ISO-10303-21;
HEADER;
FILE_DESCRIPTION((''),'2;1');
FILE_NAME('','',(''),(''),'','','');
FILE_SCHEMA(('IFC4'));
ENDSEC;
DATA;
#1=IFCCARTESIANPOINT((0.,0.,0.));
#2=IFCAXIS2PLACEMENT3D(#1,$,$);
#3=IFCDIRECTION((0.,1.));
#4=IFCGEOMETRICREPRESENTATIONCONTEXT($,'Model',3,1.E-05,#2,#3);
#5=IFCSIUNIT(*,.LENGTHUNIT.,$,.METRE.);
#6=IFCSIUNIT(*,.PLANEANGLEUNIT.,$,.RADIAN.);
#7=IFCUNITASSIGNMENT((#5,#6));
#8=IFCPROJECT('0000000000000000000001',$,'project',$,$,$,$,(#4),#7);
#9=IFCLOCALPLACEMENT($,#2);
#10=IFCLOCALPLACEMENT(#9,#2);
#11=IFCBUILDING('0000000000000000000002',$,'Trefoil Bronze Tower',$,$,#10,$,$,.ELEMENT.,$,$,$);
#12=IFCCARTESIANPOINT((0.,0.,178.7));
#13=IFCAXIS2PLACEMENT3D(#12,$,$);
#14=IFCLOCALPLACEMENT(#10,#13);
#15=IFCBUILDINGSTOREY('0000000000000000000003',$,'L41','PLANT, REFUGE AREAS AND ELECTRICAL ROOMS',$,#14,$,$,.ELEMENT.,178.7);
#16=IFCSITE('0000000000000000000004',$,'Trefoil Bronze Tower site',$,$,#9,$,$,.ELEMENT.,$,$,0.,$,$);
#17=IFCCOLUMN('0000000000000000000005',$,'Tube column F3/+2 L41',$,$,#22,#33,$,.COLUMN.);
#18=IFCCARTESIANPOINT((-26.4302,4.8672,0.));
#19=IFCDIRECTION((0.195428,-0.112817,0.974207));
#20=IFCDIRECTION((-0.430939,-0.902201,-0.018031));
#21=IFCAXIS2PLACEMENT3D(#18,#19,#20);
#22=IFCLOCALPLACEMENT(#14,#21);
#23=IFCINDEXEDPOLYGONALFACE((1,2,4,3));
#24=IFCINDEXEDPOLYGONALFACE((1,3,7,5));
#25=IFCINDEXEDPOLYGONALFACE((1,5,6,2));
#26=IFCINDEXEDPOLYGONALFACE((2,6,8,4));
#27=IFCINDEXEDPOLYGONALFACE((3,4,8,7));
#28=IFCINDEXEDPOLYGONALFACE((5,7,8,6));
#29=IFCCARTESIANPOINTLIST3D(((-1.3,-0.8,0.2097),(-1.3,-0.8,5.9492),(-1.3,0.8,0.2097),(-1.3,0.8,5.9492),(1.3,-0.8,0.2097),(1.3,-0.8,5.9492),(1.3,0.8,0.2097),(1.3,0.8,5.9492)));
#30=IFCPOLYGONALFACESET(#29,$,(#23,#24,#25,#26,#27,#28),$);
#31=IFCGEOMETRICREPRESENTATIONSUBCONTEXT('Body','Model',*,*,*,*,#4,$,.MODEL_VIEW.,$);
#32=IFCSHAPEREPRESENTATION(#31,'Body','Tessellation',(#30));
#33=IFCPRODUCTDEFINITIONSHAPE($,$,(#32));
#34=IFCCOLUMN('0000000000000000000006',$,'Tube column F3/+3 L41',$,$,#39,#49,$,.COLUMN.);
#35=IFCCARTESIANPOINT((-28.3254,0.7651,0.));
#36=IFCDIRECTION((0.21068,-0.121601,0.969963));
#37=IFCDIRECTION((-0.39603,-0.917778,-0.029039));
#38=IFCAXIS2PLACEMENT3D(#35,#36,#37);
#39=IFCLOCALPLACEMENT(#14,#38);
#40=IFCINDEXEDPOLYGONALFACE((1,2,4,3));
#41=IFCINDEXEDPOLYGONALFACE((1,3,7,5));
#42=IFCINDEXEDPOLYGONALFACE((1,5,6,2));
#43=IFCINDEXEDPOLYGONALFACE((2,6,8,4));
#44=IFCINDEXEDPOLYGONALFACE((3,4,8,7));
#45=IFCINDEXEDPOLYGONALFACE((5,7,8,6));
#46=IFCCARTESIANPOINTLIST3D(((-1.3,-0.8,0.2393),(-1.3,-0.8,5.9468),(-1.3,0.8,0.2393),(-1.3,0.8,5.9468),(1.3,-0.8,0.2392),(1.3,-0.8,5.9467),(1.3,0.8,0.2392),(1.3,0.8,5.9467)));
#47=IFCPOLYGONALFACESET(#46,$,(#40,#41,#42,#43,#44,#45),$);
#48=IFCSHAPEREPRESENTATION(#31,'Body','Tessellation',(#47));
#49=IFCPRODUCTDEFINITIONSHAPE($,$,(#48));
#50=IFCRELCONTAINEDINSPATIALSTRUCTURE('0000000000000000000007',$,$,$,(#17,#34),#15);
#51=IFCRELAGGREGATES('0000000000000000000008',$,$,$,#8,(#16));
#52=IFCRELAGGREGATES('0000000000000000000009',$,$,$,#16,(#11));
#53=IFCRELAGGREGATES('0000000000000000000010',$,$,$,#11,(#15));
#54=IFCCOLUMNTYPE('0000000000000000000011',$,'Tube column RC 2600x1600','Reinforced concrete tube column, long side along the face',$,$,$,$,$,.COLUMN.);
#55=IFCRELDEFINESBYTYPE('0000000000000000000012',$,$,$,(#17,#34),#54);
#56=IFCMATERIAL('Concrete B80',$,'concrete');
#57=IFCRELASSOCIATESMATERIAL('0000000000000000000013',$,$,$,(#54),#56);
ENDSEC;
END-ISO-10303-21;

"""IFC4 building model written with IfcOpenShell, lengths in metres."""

from ifc_helpers import new_model, si_unit, direction, frame, origin, origin_2d, place, context, subcontext, project, spatial, rectangle, extrude, clip, halfspace, material, material_profile, profile_set, type_object, element, save


model = new_model("IFC4")

# Units and contexts
model_context = context("Model", 3, precision=1e-05, world=origin(), true_north=direction((0.0, 1.0)))
body_context = subcontext(model_context, "Body", "Model", "MODEL_VIEW")
ifc_project = project(units=[si_unit("LENGTHUNIT", "METRE"), si_unit("PLANEANGLEUNIT", "RADIAN")], contexts=[model_context])

# Site, building, storey
site_placement = place(None, origin())
site = spatial("IfcSite", under=ifc_project, at=site_placement, Name="Trefoil Bronze Tower site", CompositionType="ELEMENT", RefElevation=0.0)
building_placement = place(site_placement, origin())
building = spatial("IfcBuilding", under=site, at=building_placement, Name="Trefoil Bronze Tower", CompositionType="ELEMENT")
storey_placement = place(building_placement, frame((0.0, 0.0, 178.7)))
storey = spatial("IfcBuildingStorey", under=building, at=storey_placement, Name="L41", Description="PLANT, REFUGE AREAS AND ELECTRICAL ROOMS", CompositionType="ELEMENT", Elevation=178.7)

# Columns
ifc_material_1 = material(Name="Concrete B80", Category="concrete")
ifc_material_profile_1 = material_profile(ifc_material_1, rectangle(XDim=2.6001, YDim=1.6001, at=origin_2d()), Name="RC 2600x1600")
ifc_profile_set_1 = profile_set([ifc_material_profile_1], Name="Concrete B80")
column_type = type_object("IfcColumnType", Name="Tube column RC 2600x1600", Description="Reinforced concrete tube column, long side along the face", PredefinedType="COLUMN", material=ifc_profile_set_1)
column_1_placement = place(storey_placement, frame((-26.4302, 4.8672, 0.0), z_axis=(0.195428, -0.112817, 0.974207), x_axis=(-0.430939, -0.902201, -0.018031)))
element("IfcColumn", 1, at=column_1_placement, inside=storey, type_object=column_type, Name="Tube column F3/+2 L41", PredefinedType="COLUMN", context=body_context, shape_type="Clipping", body=[
    clip(clip(extrude(rectangle(XDim=2.6001, YDim=1.6001, at=origin_2d()), origin(), (0.0, 0.0, 1.0), 6.1589), halfspace(frame((0.0, 0.0, 0.2097), z_axis=(0.000013, 0.000013, 1.0), x_axis=(0.0, 1.0, -0.000013)), True)), halfspace(frame((0.0, 0.0, 5.9492), z_axis=(-0.000013, -0.000013, -1.0), x_axis=(0.0, -1.0, 0.000013)), True)),
])
column_2_placement = place(storey_placement, frame((-28.3254, 0.7651, 0.0), z_axis=(0.21068, -0.121601, 0.969963), x_axis=(-0.39603, -0.917778, -0.029039)))
element("IfcColumn", 2, at=column_2_placement, inside=storey, type_object=column_type, Name="Tube column F3/+3 L41", PredefinedType="COLUMN", context=body_context, shape_type="Clipping", body=[
    clip(clip(extrude(rectangle(XDim=2.6001, YDim=1.6001, at=origin_2d()), origin(), (0.0, 0.0, 1.0), 6.1858), halfspace(frame((0.0, 0.0, 0.2393), z_axis=(0.00003, -0.000004, 1.0), x_axis=(0.0, 1.0, 0.000004)), True)), halfspace(frame((0.0, 0.0, 5.9468), z_axis=(-0.00003, 0.000004, -1.0), x_axis=(0.0, -1.0, -0.000004)), True)),
])

save(model, "model.ifc")
